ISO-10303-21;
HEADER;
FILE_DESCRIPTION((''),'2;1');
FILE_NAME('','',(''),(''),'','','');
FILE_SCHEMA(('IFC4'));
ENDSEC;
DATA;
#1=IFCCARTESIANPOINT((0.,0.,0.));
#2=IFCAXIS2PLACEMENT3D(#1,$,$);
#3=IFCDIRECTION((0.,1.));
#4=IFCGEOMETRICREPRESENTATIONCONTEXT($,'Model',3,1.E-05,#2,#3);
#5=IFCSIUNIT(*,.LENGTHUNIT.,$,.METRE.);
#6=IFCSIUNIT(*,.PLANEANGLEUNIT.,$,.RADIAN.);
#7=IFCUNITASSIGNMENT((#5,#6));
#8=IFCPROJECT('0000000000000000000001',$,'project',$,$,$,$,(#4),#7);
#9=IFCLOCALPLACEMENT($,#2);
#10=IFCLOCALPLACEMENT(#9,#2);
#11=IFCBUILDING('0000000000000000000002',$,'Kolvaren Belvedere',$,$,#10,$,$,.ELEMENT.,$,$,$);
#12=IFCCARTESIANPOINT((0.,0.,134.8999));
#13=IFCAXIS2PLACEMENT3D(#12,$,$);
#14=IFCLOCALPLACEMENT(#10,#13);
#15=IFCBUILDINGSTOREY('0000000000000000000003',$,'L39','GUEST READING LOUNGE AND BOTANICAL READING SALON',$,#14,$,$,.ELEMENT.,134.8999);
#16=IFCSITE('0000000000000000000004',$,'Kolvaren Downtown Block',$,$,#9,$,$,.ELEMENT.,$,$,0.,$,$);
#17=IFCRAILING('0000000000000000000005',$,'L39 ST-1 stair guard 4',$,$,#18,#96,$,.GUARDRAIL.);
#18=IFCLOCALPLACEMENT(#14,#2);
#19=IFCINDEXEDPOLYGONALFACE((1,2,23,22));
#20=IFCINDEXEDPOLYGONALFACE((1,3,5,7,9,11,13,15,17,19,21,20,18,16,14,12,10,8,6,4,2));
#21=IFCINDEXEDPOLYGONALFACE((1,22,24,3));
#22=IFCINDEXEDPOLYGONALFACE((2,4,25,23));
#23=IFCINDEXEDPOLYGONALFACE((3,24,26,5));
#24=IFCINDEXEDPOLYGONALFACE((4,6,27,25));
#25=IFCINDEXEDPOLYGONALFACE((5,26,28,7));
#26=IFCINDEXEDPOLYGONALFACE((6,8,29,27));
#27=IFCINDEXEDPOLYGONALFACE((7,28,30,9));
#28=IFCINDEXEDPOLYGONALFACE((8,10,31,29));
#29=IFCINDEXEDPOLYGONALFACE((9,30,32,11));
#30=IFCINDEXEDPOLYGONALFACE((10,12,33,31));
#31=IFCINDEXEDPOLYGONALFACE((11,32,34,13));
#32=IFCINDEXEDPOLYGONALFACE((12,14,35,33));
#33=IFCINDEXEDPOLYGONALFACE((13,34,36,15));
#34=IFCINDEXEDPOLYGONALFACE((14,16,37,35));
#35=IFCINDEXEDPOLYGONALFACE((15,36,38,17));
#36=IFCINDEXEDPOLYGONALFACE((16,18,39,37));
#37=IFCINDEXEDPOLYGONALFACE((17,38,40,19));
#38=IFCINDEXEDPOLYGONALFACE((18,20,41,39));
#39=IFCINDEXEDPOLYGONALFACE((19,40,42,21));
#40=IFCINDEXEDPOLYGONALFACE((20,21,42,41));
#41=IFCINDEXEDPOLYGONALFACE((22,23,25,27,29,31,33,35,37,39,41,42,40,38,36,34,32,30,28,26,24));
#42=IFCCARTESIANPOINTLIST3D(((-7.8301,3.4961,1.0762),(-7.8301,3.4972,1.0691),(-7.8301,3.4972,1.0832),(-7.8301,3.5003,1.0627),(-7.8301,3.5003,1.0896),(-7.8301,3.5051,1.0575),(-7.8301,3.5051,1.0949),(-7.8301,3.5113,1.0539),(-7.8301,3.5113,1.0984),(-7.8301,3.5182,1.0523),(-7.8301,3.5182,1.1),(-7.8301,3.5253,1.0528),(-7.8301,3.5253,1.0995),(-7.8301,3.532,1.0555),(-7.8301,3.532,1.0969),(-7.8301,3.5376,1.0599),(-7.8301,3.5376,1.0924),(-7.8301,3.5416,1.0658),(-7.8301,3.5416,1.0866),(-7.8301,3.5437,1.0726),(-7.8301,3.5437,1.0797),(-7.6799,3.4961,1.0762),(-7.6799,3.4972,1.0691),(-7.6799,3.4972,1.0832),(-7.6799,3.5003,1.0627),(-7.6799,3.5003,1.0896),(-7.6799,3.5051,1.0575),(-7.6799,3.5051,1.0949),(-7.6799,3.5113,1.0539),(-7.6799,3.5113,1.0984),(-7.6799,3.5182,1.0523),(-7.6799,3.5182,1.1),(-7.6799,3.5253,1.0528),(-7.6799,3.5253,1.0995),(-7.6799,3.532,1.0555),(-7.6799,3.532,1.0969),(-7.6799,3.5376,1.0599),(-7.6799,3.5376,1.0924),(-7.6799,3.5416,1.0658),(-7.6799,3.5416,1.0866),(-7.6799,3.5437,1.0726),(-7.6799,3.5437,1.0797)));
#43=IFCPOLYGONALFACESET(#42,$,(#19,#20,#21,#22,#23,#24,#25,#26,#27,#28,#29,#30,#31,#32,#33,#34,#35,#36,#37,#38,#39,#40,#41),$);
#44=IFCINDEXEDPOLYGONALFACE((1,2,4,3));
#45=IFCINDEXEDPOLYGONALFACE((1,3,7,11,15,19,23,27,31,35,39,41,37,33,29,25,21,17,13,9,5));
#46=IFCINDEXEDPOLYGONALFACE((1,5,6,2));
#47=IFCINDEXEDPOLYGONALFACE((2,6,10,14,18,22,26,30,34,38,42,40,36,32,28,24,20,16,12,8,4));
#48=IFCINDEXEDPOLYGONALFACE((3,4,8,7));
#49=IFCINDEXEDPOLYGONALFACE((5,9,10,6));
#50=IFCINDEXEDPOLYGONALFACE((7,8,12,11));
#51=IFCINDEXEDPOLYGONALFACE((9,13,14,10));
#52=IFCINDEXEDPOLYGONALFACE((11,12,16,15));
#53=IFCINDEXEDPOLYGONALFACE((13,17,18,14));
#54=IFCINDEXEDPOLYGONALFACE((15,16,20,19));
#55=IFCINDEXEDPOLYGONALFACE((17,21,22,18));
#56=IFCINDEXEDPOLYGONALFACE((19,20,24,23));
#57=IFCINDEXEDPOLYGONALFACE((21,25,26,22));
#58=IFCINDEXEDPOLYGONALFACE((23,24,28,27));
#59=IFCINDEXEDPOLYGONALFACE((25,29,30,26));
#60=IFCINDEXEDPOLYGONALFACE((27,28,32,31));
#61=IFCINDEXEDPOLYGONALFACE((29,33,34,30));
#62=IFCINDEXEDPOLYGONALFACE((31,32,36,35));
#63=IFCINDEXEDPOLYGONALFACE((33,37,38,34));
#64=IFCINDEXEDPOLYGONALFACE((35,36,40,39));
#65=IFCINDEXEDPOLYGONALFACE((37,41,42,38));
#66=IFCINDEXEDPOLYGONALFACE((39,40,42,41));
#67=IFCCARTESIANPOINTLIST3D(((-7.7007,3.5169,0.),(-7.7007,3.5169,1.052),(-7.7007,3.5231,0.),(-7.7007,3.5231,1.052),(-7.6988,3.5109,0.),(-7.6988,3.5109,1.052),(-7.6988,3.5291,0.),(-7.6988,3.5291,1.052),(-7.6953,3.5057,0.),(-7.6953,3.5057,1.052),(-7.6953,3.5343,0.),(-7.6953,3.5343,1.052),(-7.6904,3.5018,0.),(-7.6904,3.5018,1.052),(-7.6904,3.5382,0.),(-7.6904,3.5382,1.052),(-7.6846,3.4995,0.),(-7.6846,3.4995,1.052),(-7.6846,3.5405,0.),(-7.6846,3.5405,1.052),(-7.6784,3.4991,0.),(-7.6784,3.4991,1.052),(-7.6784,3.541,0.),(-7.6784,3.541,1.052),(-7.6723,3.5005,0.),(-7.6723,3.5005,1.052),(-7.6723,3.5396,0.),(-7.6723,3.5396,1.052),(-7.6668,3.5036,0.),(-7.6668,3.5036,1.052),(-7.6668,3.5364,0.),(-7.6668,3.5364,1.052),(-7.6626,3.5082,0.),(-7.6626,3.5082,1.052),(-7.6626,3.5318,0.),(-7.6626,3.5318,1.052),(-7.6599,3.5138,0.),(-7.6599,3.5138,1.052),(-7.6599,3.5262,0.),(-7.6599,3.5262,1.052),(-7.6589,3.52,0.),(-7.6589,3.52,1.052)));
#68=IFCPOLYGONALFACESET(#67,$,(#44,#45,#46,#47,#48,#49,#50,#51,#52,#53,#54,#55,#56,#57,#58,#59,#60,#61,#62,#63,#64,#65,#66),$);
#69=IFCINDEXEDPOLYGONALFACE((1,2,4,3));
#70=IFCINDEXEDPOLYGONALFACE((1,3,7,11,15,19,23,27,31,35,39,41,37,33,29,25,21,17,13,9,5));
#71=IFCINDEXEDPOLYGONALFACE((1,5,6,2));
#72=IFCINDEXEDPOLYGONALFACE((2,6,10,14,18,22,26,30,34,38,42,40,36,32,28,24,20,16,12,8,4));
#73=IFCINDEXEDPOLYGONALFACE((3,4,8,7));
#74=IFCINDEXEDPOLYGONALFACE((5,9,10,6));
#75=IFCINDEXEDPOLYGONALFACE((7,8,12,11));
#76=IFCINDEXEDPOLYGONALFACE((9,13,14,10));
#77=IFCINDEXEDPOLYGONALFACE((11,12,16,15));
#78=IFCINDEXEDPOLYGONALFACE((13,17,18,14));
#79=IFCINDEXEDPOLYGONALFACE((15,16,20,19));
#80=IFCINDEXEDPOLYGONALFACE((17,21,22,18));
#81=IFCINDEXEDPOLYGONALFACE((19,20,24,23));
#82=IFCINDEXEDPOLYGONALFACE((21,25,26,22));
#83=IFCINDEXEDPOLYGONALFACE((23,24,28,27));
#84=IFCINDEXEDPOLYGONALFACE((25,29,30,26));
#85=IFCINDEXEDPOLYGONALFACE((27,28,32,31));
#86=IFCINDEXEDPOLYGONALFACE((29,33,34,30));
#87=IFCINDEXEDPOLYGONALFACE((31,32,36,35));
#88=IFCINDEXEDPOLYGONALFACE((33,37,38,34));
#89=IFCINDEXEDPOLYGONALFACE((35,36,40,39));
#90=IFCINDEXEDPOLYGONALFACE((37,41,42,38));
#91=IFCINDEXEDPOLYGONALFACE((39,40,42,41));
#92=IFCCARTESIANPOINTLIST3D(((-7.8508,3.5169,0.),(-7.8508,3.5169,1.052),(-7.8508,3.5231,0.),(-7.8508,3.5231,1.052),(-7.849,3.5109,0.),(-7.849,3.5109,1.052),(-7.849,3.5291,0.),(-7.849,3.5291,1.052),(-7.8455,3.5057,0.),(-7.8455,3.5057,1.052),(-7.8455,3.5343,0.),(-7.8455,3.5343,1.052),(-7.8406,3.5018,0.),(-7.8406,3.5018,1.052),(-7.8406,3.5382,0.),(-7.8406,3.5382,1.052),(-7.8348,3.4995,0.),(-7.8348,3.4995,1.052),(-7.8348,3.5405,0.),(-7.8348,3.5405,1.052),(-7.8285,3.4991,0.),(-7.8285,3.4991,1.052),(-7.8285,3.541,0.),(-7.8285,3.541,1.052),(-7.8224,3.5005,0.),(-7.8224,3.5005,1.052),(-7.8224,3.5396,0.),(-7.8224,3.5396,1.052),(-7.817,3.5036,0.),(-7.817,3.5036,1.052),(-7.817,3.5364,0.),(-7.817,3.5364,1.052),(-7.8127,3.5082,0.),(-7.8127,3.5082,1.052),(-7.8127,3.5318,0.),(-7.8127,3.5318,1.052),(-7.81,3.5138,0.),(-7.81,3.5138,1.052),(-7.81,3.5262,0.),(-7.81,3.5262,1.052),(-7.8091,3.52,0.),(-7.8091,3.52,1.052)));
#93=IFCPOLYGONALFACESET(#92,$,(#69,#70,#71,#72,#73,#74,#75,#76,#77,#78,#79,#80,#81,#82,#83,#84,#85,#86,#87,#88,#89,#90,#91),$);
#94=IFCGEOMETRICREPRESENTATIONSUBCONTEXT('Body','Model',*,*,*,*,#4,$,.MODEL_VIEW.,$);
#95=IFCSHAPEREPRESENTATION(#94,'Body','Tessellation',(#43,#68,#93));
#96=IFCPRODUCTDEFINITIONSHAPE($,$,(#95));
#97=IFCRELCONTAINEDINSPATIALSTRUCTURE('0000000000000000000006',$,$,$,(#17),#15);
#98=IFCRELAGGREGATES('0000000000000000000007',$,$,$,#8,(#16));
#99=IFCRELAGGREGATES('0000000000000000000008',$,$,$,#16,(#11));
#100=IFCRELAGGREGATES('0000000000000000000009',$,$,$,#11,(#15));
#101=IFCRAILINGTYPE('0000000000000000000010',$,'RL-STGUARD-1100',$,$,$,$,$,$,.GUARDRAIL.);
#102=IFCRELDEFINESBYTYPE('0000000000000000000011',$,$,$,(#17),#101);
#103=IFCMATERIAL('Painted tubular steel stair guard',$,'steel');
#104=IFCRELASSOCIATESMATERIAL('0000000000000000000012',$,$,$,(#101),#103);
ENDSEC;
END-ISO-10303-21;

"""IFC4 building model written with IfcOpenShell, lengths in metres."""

from ifc_helpers import new_model, si_unit, direction, frame, origin, origin_2d, place, context, subcontext, project, spatial, circle, extrude, material, type_object, element, save


model = new_model("IFC4")

# Units and contexts
model_context = context("Model", 3, precision=1e-05, world=origin(), true_north=direction((0.0, 1.0)))
body_context = subcontext(model_context, "Body", "Model", "MODEL_VIEW")
ifc_project = project(units=[si_unit("LENGTHUNIT", "METRE"), si_unit("PLANEANGLEUNIT", "RADIAN")], contexts=[model_context])

# Site, building, storey
site_placement = place(None, origin())
site = spatial("IfcSite", under=ifc_project, at=site_placement, Name="Kolvaren Downtown Block", CompositionType="ELEMENT", RefElevation=0.0)
building_placement = place(site_placement, origin())
building = spatial("IfcBuilding", under=site, at=building_placement, Name="Kolvaren Belvedere", CompositionType="ELEMENT")
storey_placement = place(building_placement, frame((0.0, 0.0, 134.8999)))
storey = spatial("IfcBuildingStorey", under=building, at=storey_placement, Name="L39", Description="GUEST READING LOUNGE AND BOTANICAL READING SALON", CompositionType="ELEMENT", Elevation=134.8999)

# Railing
ifc_material_1 = material(Name="Painted tubular steel stair guard", Category="steel")
railing_type_1 = type_object("IfcRailingType", Name="RL-STGUARD-1100", PredefinedType="GUARDRAIL", material=ifc_material_1)
railing_1_placement = place(storey_placement, frame((-7.6799, 3.52, 0.0)))
element("IfcRailing", 1, at=railing_1_placement, inside=storey, type_object=railing_type_1, Name="L39 ST-1 stair guard 4", PredefinedType="GUARDRAIL", context=body_context, shape_type="SweptSolid", body=[
    extrude(circle(Radius=0.0239, at=origin_2d()), frame((0.0, 0.0, 1.0762), z_axis=(-1.0, 0.0, 0.0), x_axis=(0.0, -1.0, 0.0)), (0.0, 0.0, 1.0), 0.1501),
    extrude(circle(Radius=0.021, at=origin_2d()), origin(), (0.0, 0.0, 1.0), 1.052),
    extrude(circle(Radius=0.021, at=origin_2d()), frame((-0.1501, 0.0, 0.0)), (0.0, 0.0, 1.0), 1.052),
])

save(model, "model.ifc")
